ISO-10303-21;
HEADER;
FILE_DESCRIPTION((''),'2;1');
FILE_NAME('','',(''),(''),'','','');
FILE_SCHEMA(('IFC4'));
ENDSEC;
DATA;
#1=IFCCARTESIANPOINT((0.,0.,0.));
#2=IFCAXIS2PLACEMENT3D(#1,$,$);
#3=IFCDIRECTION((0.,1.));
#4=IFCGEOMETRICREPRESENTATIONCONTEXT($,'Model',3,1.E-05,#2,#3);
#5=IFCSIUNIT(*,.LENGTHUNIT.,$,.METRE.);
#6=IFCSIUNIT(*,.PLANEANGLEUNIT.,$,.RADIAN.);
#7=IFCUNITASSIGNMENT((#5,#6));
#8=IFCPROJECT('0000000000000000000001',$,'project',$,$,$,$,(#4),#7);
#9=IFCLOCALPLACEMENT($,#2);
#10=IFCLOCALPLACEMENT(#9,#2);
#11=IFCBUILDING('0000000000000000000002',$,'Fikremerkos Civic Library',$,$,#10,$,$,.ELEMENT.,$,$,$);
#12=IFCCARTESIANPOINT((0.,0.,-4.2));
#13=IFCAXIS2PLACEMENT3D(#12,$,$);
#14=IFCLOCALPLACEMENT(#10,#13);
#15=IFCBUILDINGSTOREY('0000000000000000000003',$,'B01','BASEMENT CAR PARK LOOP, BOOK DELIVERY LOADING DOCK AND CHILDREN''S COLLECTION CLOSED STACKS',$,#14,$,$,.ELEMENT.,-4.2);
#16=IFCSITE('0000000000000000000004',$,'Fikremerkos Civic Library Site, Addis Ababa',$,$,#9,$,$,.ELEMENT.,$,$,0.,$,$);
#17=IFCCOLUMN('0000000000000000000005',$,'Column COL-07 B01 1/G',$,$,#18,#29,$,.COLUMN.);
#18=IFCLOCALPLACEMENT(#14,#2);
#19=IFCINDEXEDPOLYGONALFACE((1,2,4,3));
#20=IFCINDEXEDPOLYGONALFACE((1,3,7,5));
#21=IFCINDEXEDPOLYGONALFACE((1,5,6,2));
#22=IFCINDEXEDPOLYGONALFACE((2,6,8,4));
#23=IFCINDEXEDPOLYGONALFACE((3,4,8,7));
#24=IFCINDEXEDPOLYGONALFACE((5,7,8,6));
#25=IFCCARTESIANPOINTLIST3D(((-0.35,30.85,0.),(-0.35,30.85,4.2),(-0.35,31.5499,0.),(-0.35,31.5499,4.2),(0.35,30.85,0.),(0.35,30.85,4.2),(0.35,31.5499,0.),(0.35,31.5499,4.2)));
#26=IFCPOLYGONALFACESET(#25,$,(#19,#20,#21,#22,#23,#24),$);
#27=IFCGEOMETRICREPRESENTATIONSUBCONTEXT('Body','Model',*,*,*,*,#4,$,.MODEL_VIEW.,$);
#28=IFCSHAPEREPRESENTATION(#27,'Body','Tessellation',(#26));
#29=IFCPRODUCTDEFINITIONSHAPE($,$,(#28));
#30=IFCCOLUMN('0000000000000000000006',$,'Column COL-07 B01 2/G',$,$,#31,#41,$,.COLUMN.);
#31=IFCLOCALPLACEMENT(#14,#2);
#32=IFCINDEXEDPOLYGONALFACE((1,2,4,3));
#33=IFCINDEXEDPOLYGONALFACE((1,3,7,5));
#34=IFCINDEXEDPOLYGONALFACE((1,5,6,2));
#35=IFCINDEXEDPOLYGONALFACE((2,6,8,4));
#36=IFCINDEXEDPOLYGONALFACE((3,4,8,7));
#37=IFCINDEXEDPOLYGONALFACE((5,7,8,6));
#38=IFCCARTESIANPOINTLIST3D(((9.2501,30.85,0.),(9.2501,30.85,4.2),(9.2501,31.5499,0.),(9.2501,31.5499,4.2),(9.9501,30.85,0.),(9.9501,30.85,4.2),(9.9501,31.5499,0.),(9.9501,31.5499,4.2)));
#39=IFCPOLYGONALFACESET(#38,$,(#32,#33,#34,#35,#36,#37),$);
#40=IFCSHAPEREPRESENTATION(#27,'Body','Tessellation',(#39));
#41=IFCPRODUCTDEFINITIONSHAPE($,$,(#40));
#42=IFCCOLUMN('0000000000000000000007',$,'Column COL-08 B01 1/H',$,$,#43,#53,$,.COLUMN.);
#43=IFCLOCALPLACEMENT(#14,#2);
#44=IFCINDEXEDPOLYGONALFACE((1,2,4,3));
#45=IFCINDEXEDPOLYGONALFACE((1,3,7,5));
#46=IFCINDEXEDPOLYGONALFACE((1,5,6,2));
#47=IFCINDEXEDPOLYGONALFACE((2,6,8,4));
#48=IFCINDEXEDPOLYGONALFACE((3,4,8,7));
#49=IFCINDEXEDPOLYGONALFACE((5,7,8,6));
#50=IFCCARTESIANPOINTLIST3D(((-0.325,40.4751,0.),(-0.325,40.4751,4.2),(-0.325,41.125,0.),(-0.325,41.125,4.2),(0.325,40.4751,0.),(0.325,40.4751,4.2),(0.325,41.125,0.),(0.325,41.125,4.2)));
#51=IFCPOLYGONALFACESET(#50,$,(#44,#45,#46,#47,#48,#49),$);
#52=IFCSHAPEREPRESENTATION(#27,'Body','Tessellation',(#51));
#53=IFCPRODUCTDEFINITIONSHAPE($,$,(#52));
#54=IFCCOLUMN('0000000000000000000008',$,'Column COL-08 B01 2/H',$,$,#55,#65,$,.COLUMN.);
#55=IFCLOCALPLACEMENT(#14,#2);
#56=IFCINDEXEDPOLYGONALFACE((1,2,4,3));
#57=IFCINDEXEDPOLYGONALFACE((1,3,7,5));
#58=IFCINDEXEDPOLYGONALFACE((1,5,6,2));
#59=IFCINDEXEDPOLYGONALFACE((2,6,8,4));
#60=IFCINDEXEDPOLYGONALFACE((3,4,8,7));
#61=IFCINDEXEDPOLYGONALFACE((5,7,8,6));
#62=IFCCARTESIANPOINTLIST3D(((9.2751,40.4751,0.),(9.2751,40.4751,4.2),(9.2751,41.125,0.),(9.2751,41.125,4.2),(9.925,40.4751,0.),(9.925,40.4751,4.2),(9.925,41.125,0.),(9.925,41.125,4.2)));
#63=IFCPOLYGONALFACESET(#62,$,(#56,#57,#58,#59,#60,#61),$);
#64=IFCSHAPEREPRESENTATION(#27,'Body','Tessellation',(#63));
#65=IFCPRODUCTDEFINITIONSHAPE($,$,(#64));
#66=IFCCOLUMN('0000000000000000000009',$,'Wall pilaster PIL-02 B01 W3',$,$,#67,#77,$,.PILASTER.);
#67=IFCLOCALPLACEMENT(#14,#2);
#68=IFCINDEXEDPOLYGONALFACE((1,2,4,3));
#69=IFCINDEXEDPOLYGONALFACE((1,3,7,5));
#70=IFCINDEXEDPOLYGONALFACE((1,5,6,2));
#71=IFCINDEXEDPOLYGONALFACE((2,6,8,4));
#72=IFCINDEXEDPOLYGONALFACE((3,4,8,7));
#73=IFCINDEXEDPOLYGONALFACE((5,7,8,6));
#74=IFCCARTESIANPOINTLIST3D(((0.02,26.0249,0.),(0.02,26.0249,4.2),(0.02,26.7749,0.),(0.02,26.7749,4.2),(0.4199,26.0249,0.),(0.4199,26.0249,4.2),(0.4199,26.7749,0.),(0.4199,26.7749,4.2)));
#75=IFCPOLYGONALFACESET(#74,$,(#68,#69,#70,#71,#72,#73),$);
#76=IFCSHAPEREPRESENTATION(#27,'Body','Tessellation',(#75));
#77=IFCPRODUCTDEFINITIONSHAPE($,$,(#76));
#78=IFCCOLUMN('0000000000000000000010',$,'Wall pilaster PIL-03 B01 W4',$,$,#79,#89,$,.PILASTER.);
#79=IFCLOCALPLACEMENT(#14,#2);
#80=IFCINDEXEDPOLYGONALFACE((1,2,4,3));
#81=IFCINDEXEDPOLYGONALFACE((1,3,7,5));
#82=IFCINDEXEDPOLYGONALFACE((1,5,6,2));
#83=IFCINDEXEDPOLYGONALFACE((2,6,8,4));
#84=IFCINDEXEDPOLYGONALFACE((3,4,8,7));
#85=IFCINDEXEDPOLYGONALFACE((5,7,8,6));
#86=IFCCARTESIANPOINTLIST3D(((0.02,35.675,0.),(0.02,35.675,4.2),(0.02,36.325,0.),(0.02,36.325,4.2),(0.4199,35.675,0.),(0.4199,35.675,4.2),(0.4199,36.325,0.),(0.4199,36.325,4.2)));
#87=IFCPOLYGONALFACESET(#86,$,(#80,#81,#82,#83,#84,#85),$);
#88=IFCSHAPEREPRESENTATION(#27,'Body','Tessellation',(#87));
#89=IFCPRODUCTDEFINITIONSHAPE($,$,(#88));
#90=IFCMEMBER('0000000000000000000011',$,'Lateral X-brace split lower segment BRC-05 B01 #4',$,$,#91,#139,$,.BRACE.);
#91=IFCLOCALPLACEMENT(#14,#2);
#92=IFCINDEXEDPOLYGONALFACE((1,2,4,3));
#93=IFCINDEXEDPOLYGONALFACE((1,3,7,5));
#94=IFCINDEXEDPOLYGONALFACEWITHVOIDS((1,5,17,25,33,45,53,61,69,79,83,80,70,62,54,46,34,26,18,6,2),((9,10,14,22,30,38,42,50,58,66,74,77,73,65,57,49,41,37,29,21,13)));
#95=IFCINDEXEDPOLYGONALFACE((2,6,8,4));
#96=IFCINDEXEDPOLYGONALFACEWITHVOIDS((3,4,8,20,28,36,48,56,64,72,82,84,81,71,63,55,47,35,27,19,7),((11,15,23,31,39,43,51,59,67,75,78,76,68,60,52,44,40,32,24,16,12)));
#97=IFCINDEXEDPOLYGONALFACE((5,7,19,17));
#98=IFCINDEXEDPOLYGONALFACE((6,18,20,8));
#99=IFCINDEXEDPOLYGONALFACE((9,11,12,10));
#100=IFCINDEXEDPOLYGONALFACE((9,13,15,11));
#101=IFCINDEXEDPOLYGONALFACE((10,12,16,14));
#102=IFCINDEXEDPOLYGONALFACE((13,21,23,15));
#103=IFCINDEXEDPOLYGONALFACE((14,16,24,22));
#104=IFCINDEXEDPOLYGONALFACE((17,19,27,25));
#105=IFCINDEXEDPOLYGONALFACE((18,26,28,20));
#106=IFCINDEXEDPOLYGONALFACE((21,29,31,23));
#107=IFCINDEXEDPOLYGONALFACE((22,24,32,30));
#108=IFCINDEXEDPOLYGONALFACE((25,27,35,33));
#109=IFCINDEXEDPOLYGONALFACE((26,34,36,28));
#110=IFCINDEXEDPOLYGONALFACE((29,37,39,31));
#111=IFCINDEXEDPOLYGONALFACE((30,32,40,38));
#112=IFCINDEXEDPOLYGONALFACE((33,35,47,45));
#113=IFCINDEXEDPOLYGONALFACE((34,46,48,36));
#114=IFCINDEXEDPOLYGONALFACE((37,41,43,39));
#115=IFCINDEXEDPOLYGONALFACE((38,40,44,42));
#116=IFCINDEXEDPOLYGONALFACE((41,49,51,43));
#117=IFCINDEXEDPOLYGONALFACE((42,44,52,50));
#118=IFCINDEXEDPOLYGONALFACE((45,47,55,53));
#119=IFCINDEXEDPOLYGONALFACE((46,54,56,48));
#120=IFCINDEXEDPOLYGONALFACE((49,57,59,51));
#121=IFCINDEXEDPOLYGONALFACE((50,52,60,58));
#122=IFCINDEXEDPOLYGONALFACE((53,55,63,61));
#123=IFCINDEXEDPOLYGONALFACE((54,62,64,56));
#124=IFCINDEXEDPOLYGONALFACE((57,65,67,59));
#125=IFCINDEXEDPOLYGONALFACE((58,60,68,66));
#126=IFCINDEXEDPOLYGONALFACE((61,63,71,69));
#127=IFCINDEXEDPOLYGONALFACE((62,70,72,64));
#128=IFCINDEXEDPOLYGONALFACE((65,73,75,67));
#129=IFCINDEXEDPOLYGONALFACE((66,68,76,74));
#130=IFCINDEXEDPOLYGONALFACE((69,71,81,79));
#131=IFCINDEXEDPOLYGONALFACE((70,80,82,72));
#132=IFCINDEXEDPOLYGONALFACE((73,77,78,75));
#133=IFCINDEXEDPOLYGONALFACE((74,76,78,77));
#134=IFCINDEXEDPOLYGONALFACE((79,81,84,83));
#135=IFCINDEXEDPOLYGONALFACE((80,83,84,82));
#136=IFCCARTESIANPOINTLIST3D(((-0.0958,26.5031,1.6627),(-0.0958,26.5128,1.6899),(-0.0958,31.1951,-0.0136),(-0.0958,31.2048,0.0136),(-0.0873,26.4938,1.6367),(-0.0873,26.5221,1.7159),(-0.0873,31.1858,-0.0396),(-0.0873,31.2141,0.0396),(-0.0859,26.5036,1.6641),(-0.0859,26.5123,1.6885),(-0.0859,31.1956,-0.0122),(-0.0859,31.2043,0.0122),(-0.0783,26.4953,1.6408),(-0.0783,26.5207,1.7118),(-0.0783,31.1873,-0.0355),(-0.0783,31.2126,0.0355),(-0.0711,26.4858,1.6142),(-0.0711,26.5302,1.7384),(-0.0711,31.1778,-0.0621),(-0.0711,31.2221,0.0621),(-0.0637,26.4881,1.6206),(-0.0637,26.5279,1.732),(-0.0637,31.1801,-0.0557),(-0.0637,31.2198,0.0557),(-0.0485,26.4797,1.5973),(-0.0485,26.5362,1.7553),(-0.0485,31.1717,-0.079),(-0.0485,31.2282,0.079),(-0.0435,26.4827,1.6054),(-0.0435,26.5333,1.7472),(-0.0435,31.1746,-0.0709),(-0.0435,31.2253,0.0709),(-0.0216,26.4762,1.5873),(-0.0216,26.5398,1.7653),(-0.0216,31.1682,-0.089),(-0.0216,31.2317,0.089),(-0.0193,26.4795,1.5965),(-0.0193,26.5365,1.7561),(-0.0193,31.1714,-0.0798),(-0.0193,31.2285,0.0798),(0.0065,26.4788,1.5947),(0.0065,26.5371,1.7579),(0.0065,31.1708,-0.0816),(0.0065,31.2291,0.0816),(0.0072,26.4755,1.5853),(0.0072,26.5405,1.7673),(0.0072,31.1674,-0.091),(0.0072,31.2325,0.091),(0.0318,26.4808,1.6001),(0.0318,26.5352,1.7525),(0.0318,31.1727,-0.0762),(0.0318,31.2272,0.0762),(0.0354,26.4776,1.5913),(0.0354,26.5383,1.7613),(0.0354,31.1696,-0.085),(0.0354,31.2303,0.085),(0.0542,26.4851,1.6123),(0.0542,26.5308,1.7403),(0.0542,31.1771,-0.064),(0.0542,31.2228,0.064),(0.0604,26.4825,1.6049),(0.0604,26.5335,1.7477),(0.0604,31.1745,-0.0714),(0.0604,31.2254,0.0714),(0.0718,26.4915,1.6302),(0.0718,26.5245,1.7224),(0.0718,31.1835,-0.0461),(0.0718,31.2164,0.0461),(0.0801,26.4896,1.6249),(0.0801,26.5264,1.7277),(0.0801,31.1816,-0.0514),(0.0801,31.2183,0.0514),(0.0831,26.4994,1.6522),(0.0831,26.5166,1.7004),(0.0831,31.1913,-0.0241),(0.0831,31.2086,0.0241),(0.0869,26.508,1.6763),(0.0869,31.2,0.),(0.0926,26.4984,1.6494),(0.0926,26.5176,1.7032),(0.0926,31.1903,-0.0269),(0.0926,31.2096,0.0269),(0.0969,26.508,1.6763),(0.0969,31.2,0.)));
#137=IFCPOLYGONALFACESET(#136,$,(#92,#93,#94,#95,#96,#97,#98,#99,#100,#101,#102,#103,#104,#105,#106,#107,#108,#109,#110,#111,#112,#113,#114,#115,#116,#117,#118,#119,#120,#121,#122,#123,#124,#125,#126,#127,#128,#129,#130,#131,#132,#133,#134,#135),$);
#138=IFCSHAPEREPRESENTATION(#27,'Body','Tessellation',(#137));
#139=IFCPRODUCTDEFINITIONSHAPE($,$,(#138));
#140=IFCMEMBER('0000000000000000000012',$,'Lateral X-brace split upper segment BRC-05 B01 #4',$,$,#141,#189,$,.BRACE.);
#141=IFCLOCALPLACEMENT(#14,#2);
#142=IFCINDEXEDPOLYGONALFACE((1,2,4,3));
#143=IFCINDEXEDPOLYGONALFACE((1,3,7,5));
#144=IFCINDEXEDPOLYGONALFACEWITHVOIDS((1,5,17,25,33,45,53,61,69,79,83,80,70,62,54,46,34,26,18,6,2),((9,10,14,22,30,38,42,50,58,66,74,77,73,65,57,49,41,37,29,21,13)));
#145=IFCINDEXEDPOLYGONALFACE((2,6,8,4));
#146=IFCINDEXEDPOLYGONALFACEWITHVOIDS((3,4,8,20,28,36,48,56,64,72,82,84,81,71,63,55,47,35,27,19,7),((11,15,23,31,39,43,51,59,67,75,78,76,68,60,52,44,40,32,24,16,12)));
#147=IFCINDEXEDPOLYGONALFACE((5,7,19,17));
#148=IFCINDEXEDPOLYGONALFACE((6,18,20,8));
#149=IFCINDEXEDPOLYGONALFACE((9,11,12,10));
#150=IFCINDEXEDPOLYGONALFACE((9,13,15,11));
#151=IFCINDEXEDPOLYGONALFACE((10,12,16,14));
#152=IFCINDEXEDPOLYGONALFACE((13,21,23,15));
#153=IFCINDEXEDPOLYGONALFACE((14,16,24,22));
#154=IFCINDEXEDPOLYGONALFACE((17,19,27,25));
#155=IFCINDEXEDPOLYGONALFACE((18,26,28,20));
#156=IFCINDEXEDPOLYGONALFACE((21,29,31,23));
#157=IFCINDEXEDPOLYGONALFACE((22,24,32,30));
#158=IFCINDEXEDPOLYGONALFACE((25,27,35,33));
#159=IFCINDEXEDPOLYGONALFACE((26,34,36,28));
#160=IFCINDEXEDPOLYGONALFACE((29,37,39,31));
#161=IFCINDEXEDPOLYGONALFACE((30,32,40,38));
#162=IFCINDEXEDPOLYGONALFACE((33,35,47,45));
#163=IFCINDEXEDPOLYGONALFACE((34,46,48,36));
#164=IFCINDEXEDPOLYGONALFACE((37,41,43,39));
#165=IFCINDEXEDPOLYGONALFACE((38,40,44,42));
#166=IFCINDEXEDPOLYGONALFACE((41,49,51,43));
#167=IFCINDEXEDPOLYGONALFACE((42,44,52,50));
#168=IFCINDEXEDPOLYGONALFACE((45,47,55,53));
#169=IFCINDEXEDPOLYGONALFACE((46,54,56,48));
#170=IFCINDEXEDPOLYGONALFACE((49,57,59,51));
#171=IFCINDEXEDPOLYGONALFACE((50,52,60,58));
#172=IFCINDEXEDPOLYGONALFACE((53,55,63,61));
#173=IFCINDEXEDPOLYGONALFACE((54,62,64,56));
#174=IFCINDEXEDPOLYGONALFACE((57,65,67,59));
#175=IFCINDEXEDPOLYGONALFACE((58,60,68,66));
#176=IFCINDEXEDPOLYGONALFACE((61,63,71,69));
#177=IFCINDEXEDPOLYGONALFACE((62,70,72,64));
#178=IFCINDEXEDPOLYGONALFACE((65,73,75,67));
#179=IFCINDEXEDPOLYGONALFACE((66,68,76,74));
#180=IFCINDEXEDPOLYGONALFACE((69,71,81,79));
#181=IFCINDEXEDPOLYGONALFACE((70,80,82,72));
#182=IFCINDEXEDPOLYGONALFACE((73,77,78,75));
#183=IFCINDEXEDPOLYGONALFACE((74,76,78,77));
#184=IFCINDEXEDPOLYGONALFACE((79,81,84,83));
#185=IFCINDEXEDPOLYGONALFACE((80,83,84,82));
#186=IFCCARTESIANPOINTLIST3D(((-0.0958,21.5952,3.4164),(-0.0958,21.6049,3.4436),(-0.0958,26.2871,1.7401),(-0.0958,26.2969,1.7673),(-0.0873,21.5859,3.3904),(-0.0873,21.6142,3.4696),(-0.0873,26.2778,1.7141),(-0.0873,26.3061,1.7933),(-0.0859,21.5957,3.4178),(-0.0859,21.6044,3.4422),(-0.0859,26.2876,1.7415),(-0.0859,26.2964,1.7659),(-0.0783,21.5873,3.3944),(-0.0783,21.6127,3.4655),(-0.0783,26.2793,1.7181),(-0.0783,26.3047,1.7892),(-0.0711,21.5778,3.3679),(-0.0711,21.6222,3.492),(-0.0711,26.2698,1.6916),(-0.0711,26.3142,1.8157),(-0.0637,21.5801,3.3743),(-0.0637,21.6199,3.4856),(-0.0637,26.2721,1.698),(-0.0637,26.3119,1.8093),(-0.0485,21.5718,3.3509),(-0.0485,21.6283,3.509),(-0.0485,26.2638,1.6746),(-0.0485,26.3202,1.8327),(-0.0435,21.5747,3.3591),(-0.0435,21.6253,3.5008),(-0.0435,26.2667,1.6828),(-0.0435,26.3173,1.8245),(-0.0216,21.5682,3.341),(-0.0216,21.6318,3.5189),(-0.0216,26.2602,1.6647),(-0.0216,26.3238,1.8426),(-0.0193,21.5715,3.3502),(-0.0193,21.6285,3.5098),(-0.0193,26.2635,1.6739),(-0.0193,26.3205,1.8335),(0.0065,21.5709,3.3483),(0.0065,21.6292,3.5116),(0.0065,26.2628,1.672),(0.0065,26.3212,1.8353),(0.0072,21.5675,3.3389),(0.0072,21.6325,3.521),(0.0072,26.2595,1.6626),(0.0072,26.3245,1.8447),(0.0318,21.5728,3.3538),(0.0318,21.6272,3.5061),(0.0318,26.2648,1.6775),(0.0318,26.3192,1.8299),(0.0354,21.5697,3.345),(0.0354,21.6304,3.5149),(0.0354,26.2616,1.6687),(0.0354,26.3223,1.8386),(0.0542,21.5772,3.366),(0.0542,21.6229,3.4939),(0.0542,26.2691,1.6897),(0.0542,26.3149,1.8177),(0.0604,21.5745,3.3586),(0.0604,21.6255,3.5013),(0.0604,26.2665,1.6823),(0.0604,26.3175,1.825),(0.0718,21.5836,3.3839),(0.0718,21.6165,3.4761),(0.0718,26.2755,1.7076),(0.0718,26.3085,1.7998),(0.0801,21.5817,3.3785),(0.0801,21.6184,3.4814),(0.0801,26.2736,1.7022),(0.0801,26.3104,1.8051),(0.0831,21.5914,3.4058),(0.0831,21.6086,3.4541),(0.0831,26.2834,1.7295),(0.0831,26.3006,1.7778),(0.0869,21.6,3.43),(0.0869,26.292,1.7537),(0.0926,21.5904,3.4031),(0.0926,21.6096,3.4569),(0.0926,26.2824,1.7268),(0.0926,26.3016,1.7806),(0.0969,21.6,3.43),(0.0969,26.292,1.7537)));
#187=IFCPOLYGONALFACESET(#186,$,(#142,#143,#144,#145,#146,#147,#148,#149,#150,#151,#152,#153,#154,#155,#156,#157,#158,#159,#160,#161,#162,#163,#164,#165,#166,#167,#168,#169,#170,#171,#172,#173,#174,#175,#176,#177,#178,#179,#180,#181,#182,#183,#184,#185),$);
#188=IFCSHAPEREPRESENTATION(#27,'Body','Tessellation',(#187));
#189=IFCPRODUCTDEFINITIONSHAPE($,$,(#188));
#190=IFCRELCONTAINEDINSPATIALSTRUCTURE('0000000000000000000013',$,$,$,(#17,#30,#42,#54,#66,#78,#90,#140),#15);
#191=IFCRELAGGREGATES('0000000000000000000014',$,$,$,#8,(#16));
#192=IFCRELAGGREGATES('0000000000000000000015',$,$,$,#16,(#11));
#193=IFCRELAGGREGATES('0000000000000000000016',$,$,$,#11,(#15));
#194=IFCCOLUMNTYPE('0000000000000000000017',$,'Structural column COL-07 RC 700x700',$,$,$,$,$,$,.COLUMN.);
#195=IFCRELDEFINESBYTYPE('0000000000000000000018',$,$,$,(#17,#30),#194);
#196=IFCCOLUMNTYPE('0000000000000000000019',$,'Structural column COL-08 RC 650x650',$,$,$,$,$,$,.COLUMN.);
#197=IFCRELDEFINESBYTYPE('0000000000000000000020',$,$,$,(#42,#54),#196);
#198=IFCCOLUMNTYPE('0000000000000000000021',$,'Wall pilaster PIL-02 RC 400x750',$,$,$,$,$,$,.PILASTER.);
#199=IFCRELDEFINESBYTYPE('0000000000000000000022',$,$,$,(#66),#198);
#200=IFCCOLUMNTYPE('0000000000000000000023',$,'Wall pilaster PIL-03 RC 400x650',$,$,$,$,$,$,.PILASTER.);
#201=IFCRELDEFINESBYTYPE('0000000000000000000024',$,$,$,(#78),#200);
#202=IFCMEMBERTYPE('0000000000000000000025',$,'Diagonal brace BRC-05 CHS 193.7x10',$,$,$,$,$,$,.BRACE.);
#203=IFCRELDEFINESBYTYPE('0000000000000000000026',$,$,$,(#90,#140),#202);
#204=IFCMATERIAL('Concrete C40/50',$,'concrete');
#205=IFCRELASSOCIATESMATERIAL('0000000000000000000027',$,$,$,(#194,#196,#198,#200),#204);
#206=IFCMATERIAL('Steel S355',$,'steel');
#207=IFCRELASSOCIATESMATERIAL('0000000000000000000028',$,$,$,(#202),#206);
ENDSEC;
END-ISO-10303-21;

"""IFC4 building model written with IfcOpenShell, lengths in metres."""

from ifc_helpers import new_model, si_unit, direction, frame, origin, origin_2d, place, context, subcontext, project, spatial, rectangle, hollow_circle, extrude, material, material_profile, profile_set, type_object, element, save


model = new_model("IFC4")

# Units and contexts
model_context = context("Model", 3, precision=1e-05, world=origin(), true_north=direction((0.0, 1.0)))
body_context = subcontext(model_context, "Body", "Model", "MODEL_VIEW")
ifc_project = project(units=[si_unit("LENGTHUNIT", "METRE"), si_unit("PLANEANGLEUNIT", "RADIAN")], contexts=[model_context])

# Site, building, storey
site_placement = place(None, origin())
site = spatial("IfcSite", under=ifc_project, at=site_placement, Name="Fikremerkos Civic Library Site, Addis Ababa", CompositionType="ELEMENT", RefElevation=0.0)
building_placement = place(site_placement, origin())
building = spatial("IfcBuilding", under=site, at=building_placement, Name="Fikremerkos Civic Library", CompositionType="ELEMENT")
storey_placement = place(building_placement, frame((0.0, 0.0, -4.2)))
storey = spatial("IfcBuildingStorey", under=building, at=storey_placement, Name="B01", Description="BASEMENT CAR PARK LOOP, BOOK DELIVERY LOADING DOCK AND CHILDREN'S COLLECTION CLOSED STACKS", CompositionType="ELEMENT", Elevation=-4.2)

# Columns
ifc_material_1 = material(Name="Concrete C40/50", Category="concrete")
ifc_material_profile_1 = material_profile(ifc_material_1, rectangle(XDim=0.7, YDim=0.7, at=origin_2d()), Name="RC 700x700")
ifc_profile_set_1 = profile_set([ifc_material_profile_1], Name="Concrete C40/50")
column_type_1 = type_object("IfcColumnType", Name="Structural column COL-07 RC 700x700", PredefinedType="COLUMN", material=ifc_profile_set_1)
for number, where, z_axis, x_axis, name in (
    (1, (0.0, 31.2, 0.0), (0.0, 0.0, 1.0), (1.0, 0.0, 0.0), "Column COL-07 B01 1/G"),
    (2, (9.6001, 31.2, 0.0), (0.0, 0.0, 1.0), (1.0, 0.0, 0.0), "Column COL-07 B01 2/G"),
):
    element("IfcColumn", number, at=place(storey_placement, frame(where, z_axis=z_axis, x_axis=x_axis)), inside=storey, type_object=column_type_1, Name=name, PredefinedType="COLUMN", context=body_context, shape_type="SweptSolid", body=[
        extrude(rectangle(XDim=0.7, YDim=0.7, at=origin_2d()), origin(), (0.0, 0.0, 1.0), 4.2),
    ])
ifc_material_profile_2 = material_profile(ifc_material_1, rectangle(XDim=0.6499, YDim=0.6499, at=origin_2d()), Name="RC 650x650")
ifc_profile_set_2 = profile_set([ifc_material_profile_2], Name="Concrete C40/50")
column_type_2 = type_object("IfcColumnType", Name="Structural column COL-08 RC 650x650", PredefinedType="COLUMN", material=ifc_profile_set_2)
for number, where, z_axis, x_axis, name in (
    (3, (0.0, 40.8, 0.0), (0.0, 0.0, 1.0), (1.0, 0.0, 0.0), "Column COL-08 B01 1/H"),
    (4, (9.6001, 40.8, 0.0), (0.0, 0.0, 1.0), (1.0, 0.0, 0.0), "Column COL-08 B01 2/H"),
):
    element("IfcColumn", number, at=place(storey_placement, frame(where, z_axis=z_axis, x_axis=x_axis)), inside=storey, type_object=column_type_2, Name=name, PredefinedType="COLUMN", context=body_context, shape_type="SweptSolid", body=[
        extrude(rectangle(XDim=0.6499, YDim=0.6499, at=origin_2d()), origin(), (0.0, 0.0, 1.0), 4.2),
    ])
ifc_material_profile_3 = material_profile(ifc_material_1, rectangle(XDim=0.3999, YDim=0.75, at=origin_2d()), Name="RC 400x750")
ifc_profile_set_3 = profile_set([ifc_material_profile_3], Name="Concrete C40/50")
column_type_3 = type_object("IfcColumnType", Name="Wall pilaster PIL-02 RC 400x750", PredefinedType="PILASTER", material=ifc_profile_set_3)
column_1_placement = place(storey_placement, frame((0.22, 26.3999, 0.0), z_axis=(0.0, 0.0, 1.0), x_axis=(1.0, 0.0, 0.0)))
element("IfcColumn", 5, at=column_1_placement, inside=storey, type_object=column_type_3, Name="Wall pilaster PIL-02 B01 W3", PredefinedType="PILASTER", context=body_context, shape_type="SweptSolid", body=[
    extrude(rectangle(XDim=0.3999, YDim=0.75, at=origin_2d()), origin(), (0.0, 0.0, 1.0), 4.2),
])
ifc_material_profile_4 = material_profile(ifc_material_1, rectangle(XDim=0.3999, YDim=0.6499, at=origin_2d()), Name="RC 400x650")
ifc_profile_set_4 = profile_set([ifc_material_profile_4], Name="Concrete C40/50")
column_type_4 = type_object("IfcColumnType", Name="Wall pilaster PIL-03 RC 400x650", PredefinedType="PILASTER", material=ifc_profile_set_4)
column_2_placement = place(storey_placement, frame((0.22, 36.0, 0.0), z_axis=(0.0, 0.0, 1.0), x_axis=(1.0, 0.0, 0.0)))
element("IfcColumn", 6, at=column_2_placement, inside=storey, type_object=column_type_4, Name="Wall pilaster PIL-03 B01 W4", PredefinedType="PILASTER", context=body_context, shape_type="SweptSolid", body=[
    extrude(rectangle(XDim=0.3999, YDim=0.6499, at=origin_2d()), origin(), (0.0, 0.0, 1.0), 4.2),
])

# Members
ifc_material_2 = material(Name="Steel S355", Category="steel")
ifc_material_profile_5 = material_profile(ifc_material_2, hollow_circle(Radius=0.0969, WallThickness=0.01, at=origin_2d()), Name="CHS 193.7x10")
ifc_profile_set_5 = profile_set([ifc_material_profile_5], Name="Steel S355")
member_type = type_object("IfcMemberType", Name="Diagonal brace BRC-05 CHS 193.7x10", PredefinedType="BRACE", material=ifc_profile_set_5)
for number, where, z_axis, x_axis, name in (
    (7, (0.0, 31.2, 0.0), (0.0, -0.941704, 0.336442), (1.0, 0.0, 0.0), "Lateral X-brace split lower segment BRC-05 B01 #4"),
    (8, (0.0, 26.292, 1.7537), (0.0, -0.941704, 0.336442), (1.0, 0.0, 0.0), "Lateral X-brace split upper segment BRC-05 B01 #4"),
):
    element("IfcMember", number, at=place(storey_placement, frame(where, z_axis=z_axis, x_axis=x_axis)), inside=storey, type_object=member_type, Name=name, PredefinedType="BRACE", context=body_context, shape_type="SweptSolid", body=[
        extrude(hollow_circle(Radius=0.0969, WallThickness=0.01, at=origin_2d()), origin(), (0.0, 0.0, 1.0), 4.9824),
    ])

save(model, "model.ifc")
